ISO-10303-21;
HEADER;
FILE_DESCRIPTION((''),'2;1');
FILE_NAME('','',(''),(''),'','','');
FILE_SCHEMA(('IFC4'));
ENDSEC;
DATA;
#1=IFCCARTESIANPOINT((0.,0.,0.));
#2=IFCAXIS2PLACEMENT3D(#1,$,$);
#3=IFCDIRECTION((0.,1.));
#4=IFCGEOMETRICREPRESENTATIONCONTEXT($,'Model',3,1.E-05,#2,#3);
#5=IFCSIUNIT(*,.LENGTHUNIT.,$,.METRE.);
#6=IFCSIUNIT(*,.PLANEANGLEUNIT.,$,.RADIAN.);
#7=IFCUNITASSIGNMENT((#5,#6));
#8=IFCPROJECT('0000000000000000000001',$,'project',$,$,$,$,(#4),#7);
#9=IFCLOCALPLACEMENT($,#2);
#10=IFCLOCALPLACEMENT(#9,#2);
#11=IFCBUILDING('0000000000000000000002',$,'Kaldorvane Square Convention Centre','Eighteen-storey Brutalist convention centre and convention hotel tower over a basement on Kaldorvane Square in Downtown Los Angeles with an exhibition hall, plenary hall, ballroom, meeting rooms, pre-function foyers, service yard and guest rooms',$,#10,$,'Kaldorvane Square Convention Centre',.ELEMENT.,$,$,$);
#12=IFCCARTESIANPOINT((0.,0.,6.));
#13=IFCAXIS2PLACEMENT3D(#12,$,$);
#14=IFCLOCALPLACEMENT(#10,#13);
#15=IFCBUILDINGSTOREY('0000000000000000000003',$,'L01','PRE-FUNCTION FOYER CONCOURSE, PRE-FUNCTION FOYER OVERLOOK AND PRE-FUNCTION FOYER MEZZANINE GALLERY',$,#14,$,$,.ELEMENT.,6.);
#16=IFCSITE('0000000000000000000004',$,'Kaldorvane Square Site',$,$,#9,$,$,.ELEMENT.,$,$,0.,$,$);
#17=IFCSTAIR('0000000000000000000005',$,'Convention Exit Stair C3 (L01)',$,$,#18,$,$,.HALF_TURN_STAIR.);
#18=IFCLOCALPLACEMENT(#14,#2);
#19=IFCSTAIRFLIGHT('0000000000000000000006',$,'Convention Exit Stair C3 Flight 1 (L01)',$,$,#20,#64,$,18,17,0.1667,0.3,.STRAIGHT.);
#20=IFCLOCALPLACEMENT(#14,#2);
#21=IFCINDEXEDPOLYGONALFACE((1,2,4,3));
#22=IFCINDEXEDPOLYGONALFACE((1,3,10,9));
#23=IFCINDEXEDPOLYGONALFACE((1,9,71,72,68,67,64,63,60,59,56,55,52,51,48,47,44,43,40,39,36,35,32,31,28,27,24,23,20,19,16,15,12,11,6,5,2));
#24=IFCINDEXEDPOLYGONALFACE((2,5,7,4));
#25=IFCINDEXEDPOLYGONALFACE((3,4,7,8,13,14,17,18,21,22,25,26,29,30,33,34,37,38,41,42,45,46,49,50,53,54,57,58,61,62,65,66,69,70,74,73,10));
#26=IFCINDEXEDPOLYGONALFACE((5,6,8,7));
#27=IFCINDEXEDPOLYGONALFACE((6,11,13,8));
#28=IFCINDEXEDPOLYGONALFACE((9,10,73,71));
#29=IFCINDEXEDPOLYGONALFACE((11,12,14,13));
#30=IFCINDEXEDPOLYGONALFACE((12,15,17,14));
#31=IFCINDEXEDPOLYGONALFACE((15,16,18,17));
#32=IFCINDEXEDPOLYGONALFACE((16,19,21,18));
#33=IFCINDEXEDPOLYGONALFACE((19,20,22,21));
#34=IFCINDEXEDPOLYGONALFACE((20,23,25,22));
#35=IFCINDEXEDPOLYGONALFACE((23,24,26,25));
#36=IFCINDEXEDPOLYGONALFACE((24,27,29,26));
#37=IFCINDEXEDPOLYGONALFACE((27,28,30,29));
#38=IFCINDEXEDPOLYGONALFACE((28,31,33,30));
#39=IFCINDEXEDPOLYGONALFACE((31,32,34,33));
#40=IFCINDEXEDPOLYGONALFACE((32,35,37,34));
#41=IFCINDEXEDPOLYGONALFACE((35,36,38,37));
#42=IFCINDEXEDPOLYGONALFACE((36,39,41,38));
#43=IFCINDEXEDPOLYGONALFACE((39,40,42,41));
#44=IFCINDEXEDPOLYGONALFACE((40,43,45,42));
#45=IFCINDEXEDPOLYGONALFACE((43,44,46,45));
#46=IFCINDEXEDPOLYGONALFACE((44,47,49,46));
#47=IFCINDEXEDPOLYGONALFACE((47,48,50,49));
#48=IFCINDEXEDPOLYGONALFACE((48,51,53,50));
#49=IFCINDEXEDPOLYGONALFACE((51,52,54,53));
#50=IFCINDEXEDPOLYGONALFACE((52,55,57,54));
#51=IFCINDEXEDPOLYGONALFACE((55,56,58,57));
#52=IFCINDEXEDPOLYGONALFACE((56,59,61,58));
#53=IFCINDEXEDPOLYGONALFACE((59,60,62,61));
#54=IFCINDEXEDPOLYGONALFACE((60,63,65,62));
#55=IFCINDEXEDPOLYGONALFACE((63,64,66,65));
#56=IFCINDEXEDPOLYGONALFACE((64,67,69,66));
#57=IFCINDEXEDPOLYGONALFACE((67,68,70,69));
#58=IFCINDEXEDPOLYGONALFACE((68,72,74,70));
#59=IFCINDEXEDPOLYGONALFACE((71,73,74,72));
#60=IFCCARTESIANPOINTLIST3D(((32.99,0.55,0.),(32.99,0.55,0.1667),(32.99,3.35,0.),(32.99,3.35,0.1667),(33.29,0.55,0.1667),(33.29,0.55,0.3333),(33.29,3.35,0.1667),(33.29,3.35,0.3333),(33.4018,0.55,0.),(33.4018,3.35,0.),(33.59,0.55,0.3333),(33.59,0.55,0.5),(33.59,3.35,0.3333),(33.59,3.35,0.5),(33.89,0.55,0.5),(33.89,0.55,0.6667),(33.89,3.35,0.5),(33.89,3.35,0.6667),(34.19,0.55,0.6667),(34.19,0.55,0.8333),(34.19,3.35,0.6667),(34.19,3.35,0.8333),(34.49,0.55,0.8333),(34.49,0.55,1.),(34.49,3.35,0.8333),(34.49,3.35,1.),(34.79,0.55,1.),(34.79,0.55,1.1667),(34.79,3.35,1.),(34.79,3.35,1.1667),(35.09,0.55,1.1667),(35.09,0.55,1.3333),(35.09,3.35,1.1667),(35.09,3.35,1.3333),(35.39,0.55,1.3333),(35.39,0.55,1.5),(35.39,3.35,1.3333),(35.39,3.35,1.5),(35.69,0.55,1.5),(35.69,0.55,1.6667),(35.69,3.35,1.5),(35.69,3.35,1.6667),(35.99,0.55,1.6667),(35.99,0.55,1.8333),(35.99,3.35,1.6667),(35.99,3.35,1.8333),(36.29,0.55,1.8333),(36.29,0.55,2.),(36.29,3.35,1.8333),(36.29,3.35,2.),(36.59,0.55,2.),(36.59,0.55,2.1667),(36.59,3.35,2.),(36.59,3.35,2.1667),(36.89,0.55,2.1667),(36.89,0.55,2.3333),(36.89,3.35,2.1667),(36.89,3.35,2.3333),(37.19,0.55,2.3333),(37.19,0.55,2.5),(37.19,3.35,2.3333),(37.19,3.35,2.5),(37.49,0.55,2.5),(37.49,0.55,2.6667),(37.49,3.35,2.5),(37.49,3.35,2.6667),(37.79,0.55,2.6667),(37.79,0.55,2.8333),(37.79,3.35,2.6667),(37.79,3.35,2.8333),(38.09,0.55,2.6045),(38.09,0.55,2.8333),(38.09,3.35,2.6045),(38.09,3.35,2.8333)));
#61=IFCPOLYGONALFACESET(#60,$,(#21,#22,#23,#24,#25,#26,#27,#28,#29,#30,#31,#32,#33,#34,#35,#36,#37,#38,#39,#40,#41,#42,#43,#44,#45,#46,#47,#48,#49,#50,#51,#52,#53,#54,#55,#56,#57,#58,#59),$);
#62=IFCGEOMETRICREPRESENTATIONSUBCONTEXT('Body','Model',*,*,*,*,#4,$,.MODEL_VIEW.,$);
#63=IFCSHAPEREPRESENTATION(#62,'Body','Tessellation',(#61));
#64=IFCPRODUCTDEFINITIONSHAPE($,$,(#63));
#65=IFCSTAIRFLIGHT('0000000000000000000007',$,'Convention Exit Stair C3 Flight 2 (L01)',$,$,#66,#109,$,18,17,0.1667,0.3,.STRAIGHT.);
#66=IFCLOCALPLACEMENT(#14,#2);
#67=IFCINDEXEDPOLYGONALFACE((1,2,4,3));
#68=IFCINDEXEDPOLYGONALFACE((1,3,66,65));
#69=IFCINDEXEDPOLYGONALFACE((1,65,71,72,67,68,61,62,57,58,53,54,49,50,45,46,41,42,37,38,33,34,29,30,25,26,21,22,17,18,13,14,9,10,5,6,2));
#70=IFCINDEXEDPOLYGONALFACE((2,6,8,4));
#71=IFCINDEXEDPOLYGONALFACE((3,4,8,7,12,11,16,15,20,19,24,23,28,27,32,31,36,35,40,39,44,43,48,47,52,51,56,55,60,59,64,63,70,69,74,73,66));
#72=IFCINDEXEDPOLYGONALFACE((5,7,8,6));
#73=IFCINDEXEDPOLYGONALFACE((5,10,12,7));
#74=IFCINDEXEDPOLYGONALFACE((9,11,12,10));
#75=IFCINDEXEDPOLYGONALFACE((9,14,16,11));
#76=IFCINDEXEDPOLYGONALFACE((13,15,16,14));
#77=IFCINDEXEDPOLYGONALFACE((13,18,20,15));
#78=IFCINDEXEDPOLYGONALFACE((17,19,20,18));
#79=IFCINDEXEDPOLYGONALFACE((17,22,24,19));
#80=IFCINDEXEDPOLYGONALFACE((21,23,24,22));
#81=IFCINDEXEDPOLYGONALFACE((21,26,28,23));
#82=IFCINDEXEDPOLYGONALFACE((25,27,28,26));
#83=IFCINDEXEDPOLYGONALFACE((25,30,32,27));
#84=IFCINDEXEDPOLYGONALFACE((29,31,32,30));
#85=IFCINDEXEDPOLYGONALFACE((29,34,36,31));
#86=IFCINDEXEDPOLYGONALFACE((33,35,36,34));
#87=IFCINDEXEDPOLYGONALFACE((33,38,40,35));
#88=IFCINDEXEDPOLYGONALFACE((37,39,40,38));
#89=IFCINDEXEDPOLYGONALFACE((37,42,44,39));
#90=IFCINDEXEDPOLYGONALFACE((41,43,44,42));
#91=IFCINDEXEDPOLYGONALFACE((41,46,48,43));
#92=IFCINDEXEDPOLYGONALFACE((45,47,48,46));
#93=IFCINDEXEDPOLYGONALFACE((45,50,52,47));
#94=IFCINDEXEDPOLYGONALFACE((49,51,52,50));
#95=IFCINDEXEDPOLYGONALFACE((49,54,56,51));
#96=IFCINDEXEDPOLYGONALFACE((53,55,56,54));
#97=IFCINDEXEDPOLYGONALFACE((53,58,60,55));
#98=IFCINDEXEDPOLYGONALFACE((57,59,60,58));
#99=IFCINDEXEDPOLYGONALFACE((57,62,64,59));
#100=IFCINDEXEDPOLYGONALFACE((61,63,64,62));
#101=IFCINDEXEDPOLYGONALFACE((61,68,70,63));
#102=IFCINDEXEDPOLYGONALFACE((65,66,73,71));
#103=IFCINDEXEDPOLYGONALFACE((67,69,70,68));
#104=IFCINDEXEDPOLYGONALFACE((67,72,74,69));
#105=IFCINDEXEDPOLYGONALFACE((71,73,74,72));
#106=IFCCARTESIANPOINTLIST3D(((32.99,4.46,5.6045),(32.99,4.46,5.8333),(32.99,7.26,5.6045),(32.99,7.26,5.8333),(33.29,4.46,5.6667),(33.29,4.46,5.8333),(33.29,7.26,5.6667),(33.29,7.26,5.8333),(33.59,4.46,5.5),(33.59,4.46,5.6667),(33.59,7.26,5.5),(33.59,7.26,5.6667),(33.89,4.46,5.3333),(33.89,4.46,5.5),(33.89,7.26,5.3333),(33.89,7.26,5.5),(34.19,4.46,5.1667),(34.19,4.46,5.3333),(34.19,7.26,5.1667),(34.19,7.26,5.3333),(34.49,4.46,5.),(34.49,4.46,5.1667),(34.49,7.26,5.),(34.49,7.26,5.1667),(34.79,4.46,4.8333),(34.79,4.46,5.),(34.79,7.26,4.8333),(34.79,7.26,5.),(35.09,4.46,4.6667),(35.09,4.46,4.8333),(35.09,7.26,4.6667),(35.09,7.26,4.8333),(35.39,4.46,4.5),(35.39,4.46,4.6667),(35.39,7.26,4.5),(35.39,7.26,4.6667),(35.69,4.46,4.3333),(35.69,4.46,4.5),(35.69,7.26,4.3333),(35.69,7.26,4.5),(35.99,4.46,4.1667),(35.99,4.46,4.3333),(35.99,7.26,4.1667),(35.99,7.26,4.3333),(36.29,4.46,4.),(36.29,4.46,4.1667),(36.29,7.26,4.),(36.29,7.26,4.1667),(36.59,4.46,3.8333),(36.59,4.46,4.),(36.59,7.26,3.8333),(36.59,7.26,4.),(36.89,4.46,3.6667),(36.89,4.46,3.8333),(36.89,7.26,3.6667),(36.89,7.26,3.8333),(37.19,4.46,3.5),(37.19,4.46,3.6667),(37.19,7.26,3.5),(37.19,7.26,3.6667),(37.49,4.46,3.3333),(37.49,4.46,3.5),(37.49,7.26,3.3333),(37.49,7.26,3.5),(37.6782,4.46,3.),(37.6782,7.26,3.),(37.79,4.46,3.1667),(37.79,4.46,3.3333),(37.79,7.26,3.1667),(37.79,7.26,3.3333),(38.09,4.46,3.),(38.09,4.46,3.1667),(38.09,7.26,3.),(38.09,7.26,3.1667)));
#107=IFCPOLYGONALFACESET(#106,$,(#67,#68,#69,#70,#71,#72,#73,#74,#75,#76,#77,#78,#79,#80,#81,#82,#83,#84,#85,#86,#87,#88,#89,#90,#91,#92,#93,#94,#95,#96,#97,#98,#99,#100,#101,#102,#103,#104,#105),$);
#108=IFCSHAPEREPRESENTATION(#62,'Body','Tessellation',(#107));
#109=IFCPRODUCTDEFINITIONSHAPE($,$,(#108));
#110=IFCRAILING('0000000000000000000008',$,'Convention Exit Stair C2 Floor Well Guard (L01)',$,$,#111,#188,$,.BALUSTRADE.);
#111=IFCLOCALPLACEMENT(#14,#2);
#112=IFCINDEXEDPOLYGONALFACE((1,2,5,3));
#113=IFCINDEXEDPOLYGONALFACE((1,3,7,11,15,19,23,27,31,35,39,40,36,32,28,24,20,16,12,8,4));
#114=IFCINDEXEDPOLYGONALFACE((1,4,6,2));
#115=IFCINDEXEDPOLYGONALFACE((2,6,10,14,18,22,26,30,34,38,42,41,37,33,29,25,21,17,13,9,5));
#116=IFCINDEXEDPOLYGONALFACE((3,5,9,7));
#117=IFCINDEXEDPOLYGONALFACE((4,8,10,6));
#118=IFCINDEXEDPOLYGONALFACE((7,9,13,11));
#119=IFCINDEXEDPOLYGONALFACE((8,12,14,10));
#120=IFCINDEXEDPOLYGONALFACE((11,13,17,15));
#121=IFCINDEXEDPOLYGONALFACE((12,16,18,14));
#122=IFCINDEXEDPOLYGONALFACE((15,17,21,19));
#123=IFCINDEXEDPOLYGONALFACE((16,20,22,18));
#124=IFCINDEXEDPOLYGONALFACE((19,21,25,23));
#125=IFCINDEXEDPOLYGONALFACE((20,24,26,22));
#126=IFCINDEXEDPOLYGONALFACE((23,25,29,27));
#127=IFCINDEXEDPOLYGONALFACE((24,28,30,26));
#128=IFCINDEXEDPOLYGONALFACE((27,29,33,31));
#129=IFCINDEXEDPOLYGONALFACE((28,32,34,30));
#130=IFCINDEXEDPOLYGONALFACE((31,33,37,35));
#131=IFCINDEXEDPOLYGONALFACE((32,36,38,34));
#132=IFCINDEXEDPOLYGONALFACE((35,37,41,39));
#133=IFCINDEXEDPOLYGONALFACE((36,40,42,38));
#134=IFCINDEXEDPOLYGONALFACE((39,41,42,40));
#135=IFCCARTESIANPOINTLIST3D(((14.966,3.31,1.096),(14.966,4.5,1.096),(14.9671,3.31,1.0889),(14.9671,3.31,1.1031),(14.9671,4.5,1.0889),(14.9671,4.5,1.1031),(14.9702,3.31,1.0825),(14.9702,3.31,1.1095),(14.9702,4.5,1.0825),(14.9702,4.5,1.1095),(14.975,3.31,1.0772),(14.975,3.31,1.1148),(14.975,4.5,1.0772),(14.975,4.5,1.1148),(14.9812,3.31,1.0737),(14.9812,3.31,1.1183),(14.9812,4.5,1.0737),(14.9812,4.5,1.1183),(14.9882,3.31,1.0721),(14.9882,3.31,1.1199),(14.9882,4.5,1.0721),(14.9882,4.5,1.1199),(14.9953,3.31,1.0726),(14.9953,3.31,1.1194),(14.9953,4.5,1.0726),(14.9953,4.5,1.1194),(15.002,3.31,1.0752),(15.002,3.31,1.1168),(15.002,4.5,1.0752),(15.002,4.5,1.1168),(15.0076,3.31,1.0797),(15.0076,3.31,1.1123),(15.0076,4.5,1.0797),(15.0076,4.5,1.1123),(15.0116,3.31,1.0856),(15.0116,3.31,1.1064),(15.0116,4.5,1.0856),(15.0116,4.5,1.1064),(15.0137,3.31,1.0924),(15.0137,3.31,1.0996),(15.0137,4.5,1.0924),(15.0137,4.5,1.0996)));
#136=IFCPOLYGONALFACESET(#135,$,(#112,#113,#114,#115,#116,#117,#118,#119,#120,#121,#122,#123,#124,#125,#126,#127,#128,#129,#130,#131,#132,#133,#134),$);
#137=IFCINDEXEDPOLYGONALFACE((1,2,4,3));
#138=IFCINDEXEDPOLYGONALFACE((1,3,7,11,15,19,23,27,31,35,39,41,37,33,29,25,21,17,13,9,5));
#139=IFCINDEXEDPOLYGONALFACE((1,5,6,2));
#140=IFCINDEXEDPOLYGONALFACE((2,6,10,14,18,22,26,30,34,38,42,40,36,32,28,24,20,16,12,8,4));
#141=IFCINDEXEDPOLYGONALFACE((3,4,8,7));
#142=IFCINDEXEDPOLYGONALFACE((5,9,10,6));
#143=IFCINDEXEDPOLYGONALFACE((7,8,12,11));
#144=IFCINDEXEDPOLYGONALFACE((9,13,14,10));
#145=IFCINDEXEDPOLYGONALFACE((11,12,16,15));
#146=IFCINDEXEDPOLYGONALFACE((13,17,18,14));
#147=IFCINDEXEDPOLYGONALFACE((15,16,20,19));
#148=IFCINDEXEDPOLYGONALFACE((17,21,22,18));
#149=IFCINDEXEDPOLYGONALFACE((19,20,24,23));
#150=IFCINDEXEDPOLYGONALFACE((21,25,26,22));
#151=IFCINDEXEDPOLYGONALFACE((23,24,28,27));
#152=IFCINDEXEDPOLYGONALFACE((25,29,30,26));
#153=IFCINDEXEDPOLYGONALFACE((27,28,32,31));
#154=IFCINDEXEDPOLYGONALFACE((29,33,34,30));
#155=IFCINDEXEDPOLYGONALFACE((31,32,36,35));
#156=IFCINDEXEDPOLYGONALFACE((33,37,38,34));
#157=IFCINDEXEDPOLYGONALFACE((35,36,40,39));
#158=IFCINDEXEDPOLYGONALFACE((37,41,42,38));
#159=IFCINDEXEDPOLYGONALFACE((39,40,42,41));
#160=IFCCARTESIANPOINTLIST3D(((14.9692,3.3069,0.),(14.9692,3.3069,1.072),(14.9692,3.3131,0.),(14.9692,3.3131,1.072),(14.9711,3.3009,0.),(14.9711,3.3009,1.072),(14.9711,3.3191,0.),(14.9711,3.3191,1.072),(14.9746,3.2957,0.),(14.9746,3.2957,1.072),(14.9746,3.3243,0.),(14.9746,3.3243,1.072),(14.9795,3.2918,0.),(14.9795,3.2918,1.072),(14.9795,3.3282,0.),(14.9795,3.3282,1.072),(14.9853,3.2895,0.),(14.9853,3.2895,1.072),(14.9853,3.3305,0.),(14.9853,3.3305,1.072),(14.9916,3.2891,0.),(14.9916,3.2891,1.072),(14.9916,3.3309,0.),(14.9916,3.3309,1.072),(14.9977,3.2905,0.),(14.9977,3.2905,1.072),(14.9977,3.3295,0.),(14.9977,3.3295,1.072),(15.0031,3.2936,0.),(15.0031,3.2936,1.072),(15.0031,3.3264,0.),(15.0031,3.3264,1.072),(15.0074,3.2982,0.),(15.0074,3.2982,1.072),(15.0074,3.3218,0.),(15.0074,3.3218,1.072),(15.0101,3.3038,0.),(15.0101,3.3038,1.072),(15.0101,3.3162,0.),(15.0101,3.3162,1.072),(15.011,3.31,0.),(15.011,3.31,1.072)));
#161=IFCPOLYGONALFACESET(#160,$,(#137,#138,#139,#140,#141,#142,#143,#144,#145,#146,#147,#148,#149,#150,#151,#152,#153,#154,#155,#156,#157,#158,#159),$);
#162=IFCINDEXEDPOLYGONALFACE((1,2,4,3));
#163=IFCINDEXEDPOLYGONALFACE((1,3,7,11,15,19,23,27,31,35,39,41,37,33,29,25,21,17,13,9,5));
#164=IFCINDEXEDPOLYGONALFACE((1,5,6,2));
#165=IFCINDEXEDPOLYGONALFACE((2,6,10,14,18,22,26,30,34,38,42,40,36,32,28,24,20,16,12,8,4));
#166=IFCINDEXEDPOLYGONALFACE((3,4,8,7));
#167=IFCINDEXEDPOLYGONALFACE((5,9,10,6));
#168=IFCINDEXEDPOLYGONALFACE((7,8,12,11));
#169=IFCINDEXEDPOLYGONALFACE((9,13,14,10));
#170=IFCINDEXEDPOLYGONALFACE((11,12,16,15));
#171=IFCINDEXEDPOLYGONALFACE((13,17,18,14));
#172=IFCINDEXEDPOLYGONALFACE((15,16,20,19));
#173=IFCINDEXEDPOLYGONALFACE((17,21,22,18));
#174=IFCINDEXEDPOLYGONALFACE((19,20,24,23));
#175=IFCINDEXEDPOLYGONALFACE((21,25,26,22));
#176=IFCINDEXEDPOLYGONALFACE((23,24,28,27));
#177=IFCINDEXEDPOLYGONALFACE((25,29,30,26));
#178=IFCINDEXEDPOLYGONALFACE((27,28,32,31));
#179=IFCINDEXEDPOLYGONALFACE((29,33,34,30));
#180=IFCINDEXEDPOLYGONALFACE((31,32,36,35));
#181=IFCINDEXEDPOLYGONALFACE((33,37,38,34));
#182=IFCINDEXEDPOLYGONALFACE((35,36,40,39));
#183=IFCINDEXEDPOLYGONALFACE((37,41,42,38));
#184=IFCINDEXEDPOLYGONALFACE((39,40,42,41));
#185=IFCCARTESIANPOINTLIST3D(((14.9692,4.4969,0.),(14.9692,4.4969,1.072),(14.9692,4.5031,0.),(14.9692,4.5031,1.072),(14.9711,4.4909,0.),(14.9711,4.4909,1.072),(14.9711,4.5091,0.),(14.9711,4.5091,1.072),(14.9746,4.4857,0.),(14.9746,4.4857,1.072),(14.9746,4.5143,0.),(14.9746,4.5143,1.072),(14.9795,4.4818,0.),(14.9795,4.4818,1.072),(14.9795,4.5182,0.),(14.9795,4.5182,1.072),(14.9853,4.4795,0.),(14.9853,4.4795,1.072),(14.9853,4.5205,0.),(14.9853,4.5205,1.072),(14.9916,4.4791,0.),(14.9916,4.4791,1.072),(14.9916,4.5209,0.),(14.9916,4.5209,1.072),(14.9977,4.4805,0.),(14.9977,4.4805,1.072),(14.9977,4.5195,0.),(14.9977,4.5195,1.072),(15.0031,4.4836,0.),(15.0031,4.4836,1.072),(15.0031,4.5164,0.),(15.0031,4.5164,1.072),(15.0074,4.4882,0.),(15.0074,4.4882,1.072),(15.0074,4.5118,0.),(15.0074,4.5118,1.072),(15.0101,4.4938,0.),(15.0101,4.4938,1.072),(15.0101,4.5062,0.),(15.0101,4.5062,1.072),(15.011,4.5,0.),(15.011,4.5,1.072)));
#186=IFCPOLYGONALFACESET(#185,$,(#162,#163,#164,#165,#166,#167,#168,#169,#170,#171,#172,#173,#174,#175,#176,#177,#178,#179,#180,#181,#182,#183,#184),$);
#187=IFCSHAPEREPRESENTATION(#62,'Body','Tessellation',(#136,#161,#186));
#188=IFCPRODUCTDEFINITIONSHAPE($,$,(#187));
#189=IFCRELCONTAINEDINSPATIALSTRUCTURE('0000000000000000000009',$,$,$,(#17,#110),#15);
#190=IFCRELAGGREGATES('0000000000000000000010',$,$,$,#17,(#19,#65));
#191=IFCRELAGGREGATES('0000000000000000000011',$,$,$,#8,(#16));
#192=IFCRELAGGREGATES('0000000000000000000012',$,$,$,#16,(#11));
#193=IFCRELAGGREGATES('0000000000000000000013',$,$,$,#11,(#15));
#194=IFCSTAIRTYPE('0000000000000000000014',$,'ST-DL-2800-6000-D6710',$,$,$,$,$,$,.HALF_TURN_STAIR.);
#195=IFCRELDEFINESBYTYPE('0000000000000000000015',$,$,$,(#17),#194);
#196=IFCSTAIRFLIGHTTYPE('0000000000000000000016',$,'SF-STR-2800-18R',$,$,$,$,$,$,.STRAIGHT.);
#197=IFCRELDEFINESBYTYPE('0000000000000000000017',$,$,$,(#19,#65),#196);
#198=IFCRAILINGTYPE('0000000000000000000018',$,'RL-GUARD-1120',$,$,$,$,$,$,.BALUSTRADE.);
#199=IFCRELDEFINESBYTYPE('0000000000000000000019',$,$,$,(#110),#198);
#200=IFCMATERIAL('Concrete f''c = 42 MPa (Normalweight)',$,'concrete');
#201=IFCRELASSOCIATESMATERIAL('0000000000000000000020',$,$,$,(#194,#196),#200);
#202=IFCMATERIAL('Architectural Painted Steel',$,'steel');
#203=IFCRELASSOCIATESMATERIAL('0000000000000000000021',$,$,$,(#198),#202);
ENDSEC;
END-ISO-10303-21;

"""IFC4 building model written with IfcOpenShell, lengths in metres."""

from ifc_helpers import new_model, si_unit, direction, frame, origin, origin_2d, place, context, subcontext, project, spatial, polyline, circle, outline, extrude, material, type_object, element, aggregate, save


model = new_model("IFC4")

# Units and contexts
model_context = context("Model", 3, precision=1e-05, world=origin(), true_north=direction((0.0, 1.0)))
body_context = subcontext(model_context, "Body", "Model", "MODEL_VIEW")
ifc_project = project(units=[si_unit("LENGTHUNIT", "METRE"), si_unit("PLANEANGLEUNIT", "RADIAN")], contexts=[model_context])

# Site, building, storey
site_placement = place(None, origin())
site = spatial("IfcSite", under=ifc_project, at=site_placement, Name="Kaldorvane Square Site", CompositionType="ELEMENT", RefElevation=0.0)
building_placement = place(site_placement, origin())
building = spatial("IfcBuilding", under=site, at=building_placement, Name="Kaldorvane Square Convention Centre", Description="Eighteen-storey Brutalist convention centre and convention hotel tower over a basement on Kaldorvane Square in Downtown Los Angeles with an exhibition hall, plenary hall, ballroom, meeting rooms, pre-function foyers, service yard and guest rooms", LongName="Kaldorvane Square Convention Centre", CompositionType="ELEMENT")
storey_placement = place(building_placement, frame((0.0, 0.0, 6.0)))
storey = spatial("IfcBuildingStorey", under=building, at=storey_placement, Name="L01", Description="PRE-FUNCTION FOYER CONCOURSE, PRE-FUNCTION FOYER OVERLOOK AND PRE-FUNCTION FOYER MEZZANINE GALLERY", CompositionType="ELEMENT", Elevation=6.0)

# Stair, stair flights
ifc_material_1 = material(Name="Concrete f'c = 42 MPa (Normalweight)", Category="concrete")
stair_type = type_object("IfcStairType", Name="ST-DL-2800-6000-D6710", PredefinedType="HALF_TURN_STAIR", material=ifc_material_1)
stair_flight_type = type_object("IfcStairFlightType", Name="SF-STR-2800-18R", PredefinedType="STRAIGHT", material=ifc_material_1)
stair_1_placement = place(storey_placement, origin())
stair_1 = element("IfcStair", 1, at=stair_1_placement, inside=storey, type_object=stair_type, Name="Convention Exit Stair C3 (L01)", PredefinedType="HALF_TURN_STAIR")
stair_flight_1_placement = place(storey_placement, frame((32.99, 1.95, 0.0), z_axis=(0.0, 0.0, 1.0), x_axis=(1.0, 0.0, 0.0)))
stair_flight_1 = element("IfcStairFlight", 2, at=stair_flight_1_placement, type_object=stair_flight_type, Name="Convention Exit Stair C3 Flight 1 (L01)", NumberOfRisers=18, NumberOfTreads=17, PredefinedType="STRAIGHT", RiserHeight=0.1667, TreadLength=0.3, context=body_context, shape_type="SweptSolid", body=[
    extrude(outline(polyline([(0.0, 0.0), (0.0, 0.1667), (0.3, 0.1667), (0.3, 0.3333), (0.6, 0.3333), (0.6, 0.5), (0.9, 0.5), (0.9, 0.6667), (1.2, 0.6667), (1.2, 0.8333), (1.5, 0.8333), (1.5, 1.0), (1.8, 1.0), (1.8, 1.1667), (2.1, 1.1667), (2.1, 1.3333), (2.4, 1.3333), (2.4, 1.5), (2.7, 1.5), (2.7, 1.6667), (3.0, 1.6667), (3.0, 1.8333), (3.3, 1.8333), (3.3, 2.0), (3.6, 2.0), (3.6, 2.1667), (3.9, 2.1667), (3.9, 2.3333), (4.2, 2.3333), (4.2, 2.5), (4.5, 2.5), (4.5, 2.6667), (4.8, 2.6667), (4.8, 2.8333), (5.1, 2.8333), (5.1, 3.0), (5.1, 2.6045), (0.4118, 0.0), (0.0, 0.0)])), frame((0.0, 1.4, 0.0), z_axis=(0.0, -1.0, 0.0), x_axis=(1.0, 0.0, 0.0)), (0.0, 0.0, 1.0), 2.8),
])
stair_flight_2_placement = place(storey_placement, frame((38.09, 5.86, 3.0), z_axis=(0.0, 0.0, 1.0), x_axis=(-1.0, 0.0, 0.0)))
stair_flight_2 = element("IfcStairFlight", 3, at=stair_flight_2_placement, type_object=stair_flight_type, Name="Convention Exit Stair C3 Flight 2 (L01)", NumberOfRisers=18, NumberOfTreads=17, PredefinedType="STRAIGHT", RiserHeight=0.1667, TreadLength=0.3, context=body_context, shape_type="SweptSolid", body=[
    extrude(outline(polyline([(0.0, 0.0), (0.0, 0.1667), (0.3, 0.1667), (0.3, 0.3333), (0.6, 0.3333), (0.6, 0.5), (0.9, 0.5), (0.9, 0.6667), (1.2, 0.6667), (1.2, 0.8333), (1.5, 0.8333), (1.5, 1.0), (1.8, 1.0), (1.8, 1.1667), (2.1, 1.1667), (2.1, 1.3333), (2.4, 1.3333), (2.4, 1.5), (2.7, 1.5), (2.7, 1.6667), (3.0, 1.6667), (3.0, 1.8333), (3.3, 1.8333), (3.3, 2.0), (3.6, 2.0), (3.6, 2.1667), (3.9, 2.1667), (3.9, 2.3333), (4.2, 2.3333), (4.2, 2.5), (4.5, 2.5), (4.5, 2.6667), (4.8, 2.6667), (4.8, 2.8333), (5.1, 2.8333), (5.1, 3.0), (5.1, 2.6045), (0.4118, 0.0), (0.0, 0.0)])), frame((0.0, 1.4, 0.0), z_axis=(0.0, -1.0, 0.0), x_axis=(1.0, 0.0, 0.0)), (0.0, 0.0, 1.0), 2.8),
])
aggregate(stair_1, [stair_flight_1, stair_flight_2])

# Railing
ifc_material_2 = material(Name="Architectural Painted Steel", Category="steel")
railing_type_1 = type_object("IfcRailingType", Name="RL-GUARD-1120", PredefinedType="BALUSTRADE", material=ifc_material_2)
for number, where, name in (
    (4, (14.99, 3.31, 0.0), "Convention Exit Stair C2 Floor Well Guard (L01)"),
):
    element("IfcRailing", number, at=place(storey_placement, frame(where)), inside=storey, type_object=railing_type_1, Name=name, PredefinedType="BALUSTRADE", context=body_context, shape_type="SweptSolid", body=[
        extrude(circle(Radius=0.024, at=origin_2d()), frame((0.0, 0.0, 1.096), z_axis=(0.0, 1.0, 0.0), x_axis=(-1.0, 0.0, 0.0)), (0.0, 0.0, 1.0), 1.19),
        extrude(circle(Radius=0.021, at=origin_2d()), origin(), (0.0, 0.0, 1.0), 1.072),
        extrude(circle(Radius=0.021, at=origin_2d()), frame((0.0, 1.19, 0.0)), (0.0, 0.0, 1.0), 1.072),
    ])

save(model, "model.ifc")
